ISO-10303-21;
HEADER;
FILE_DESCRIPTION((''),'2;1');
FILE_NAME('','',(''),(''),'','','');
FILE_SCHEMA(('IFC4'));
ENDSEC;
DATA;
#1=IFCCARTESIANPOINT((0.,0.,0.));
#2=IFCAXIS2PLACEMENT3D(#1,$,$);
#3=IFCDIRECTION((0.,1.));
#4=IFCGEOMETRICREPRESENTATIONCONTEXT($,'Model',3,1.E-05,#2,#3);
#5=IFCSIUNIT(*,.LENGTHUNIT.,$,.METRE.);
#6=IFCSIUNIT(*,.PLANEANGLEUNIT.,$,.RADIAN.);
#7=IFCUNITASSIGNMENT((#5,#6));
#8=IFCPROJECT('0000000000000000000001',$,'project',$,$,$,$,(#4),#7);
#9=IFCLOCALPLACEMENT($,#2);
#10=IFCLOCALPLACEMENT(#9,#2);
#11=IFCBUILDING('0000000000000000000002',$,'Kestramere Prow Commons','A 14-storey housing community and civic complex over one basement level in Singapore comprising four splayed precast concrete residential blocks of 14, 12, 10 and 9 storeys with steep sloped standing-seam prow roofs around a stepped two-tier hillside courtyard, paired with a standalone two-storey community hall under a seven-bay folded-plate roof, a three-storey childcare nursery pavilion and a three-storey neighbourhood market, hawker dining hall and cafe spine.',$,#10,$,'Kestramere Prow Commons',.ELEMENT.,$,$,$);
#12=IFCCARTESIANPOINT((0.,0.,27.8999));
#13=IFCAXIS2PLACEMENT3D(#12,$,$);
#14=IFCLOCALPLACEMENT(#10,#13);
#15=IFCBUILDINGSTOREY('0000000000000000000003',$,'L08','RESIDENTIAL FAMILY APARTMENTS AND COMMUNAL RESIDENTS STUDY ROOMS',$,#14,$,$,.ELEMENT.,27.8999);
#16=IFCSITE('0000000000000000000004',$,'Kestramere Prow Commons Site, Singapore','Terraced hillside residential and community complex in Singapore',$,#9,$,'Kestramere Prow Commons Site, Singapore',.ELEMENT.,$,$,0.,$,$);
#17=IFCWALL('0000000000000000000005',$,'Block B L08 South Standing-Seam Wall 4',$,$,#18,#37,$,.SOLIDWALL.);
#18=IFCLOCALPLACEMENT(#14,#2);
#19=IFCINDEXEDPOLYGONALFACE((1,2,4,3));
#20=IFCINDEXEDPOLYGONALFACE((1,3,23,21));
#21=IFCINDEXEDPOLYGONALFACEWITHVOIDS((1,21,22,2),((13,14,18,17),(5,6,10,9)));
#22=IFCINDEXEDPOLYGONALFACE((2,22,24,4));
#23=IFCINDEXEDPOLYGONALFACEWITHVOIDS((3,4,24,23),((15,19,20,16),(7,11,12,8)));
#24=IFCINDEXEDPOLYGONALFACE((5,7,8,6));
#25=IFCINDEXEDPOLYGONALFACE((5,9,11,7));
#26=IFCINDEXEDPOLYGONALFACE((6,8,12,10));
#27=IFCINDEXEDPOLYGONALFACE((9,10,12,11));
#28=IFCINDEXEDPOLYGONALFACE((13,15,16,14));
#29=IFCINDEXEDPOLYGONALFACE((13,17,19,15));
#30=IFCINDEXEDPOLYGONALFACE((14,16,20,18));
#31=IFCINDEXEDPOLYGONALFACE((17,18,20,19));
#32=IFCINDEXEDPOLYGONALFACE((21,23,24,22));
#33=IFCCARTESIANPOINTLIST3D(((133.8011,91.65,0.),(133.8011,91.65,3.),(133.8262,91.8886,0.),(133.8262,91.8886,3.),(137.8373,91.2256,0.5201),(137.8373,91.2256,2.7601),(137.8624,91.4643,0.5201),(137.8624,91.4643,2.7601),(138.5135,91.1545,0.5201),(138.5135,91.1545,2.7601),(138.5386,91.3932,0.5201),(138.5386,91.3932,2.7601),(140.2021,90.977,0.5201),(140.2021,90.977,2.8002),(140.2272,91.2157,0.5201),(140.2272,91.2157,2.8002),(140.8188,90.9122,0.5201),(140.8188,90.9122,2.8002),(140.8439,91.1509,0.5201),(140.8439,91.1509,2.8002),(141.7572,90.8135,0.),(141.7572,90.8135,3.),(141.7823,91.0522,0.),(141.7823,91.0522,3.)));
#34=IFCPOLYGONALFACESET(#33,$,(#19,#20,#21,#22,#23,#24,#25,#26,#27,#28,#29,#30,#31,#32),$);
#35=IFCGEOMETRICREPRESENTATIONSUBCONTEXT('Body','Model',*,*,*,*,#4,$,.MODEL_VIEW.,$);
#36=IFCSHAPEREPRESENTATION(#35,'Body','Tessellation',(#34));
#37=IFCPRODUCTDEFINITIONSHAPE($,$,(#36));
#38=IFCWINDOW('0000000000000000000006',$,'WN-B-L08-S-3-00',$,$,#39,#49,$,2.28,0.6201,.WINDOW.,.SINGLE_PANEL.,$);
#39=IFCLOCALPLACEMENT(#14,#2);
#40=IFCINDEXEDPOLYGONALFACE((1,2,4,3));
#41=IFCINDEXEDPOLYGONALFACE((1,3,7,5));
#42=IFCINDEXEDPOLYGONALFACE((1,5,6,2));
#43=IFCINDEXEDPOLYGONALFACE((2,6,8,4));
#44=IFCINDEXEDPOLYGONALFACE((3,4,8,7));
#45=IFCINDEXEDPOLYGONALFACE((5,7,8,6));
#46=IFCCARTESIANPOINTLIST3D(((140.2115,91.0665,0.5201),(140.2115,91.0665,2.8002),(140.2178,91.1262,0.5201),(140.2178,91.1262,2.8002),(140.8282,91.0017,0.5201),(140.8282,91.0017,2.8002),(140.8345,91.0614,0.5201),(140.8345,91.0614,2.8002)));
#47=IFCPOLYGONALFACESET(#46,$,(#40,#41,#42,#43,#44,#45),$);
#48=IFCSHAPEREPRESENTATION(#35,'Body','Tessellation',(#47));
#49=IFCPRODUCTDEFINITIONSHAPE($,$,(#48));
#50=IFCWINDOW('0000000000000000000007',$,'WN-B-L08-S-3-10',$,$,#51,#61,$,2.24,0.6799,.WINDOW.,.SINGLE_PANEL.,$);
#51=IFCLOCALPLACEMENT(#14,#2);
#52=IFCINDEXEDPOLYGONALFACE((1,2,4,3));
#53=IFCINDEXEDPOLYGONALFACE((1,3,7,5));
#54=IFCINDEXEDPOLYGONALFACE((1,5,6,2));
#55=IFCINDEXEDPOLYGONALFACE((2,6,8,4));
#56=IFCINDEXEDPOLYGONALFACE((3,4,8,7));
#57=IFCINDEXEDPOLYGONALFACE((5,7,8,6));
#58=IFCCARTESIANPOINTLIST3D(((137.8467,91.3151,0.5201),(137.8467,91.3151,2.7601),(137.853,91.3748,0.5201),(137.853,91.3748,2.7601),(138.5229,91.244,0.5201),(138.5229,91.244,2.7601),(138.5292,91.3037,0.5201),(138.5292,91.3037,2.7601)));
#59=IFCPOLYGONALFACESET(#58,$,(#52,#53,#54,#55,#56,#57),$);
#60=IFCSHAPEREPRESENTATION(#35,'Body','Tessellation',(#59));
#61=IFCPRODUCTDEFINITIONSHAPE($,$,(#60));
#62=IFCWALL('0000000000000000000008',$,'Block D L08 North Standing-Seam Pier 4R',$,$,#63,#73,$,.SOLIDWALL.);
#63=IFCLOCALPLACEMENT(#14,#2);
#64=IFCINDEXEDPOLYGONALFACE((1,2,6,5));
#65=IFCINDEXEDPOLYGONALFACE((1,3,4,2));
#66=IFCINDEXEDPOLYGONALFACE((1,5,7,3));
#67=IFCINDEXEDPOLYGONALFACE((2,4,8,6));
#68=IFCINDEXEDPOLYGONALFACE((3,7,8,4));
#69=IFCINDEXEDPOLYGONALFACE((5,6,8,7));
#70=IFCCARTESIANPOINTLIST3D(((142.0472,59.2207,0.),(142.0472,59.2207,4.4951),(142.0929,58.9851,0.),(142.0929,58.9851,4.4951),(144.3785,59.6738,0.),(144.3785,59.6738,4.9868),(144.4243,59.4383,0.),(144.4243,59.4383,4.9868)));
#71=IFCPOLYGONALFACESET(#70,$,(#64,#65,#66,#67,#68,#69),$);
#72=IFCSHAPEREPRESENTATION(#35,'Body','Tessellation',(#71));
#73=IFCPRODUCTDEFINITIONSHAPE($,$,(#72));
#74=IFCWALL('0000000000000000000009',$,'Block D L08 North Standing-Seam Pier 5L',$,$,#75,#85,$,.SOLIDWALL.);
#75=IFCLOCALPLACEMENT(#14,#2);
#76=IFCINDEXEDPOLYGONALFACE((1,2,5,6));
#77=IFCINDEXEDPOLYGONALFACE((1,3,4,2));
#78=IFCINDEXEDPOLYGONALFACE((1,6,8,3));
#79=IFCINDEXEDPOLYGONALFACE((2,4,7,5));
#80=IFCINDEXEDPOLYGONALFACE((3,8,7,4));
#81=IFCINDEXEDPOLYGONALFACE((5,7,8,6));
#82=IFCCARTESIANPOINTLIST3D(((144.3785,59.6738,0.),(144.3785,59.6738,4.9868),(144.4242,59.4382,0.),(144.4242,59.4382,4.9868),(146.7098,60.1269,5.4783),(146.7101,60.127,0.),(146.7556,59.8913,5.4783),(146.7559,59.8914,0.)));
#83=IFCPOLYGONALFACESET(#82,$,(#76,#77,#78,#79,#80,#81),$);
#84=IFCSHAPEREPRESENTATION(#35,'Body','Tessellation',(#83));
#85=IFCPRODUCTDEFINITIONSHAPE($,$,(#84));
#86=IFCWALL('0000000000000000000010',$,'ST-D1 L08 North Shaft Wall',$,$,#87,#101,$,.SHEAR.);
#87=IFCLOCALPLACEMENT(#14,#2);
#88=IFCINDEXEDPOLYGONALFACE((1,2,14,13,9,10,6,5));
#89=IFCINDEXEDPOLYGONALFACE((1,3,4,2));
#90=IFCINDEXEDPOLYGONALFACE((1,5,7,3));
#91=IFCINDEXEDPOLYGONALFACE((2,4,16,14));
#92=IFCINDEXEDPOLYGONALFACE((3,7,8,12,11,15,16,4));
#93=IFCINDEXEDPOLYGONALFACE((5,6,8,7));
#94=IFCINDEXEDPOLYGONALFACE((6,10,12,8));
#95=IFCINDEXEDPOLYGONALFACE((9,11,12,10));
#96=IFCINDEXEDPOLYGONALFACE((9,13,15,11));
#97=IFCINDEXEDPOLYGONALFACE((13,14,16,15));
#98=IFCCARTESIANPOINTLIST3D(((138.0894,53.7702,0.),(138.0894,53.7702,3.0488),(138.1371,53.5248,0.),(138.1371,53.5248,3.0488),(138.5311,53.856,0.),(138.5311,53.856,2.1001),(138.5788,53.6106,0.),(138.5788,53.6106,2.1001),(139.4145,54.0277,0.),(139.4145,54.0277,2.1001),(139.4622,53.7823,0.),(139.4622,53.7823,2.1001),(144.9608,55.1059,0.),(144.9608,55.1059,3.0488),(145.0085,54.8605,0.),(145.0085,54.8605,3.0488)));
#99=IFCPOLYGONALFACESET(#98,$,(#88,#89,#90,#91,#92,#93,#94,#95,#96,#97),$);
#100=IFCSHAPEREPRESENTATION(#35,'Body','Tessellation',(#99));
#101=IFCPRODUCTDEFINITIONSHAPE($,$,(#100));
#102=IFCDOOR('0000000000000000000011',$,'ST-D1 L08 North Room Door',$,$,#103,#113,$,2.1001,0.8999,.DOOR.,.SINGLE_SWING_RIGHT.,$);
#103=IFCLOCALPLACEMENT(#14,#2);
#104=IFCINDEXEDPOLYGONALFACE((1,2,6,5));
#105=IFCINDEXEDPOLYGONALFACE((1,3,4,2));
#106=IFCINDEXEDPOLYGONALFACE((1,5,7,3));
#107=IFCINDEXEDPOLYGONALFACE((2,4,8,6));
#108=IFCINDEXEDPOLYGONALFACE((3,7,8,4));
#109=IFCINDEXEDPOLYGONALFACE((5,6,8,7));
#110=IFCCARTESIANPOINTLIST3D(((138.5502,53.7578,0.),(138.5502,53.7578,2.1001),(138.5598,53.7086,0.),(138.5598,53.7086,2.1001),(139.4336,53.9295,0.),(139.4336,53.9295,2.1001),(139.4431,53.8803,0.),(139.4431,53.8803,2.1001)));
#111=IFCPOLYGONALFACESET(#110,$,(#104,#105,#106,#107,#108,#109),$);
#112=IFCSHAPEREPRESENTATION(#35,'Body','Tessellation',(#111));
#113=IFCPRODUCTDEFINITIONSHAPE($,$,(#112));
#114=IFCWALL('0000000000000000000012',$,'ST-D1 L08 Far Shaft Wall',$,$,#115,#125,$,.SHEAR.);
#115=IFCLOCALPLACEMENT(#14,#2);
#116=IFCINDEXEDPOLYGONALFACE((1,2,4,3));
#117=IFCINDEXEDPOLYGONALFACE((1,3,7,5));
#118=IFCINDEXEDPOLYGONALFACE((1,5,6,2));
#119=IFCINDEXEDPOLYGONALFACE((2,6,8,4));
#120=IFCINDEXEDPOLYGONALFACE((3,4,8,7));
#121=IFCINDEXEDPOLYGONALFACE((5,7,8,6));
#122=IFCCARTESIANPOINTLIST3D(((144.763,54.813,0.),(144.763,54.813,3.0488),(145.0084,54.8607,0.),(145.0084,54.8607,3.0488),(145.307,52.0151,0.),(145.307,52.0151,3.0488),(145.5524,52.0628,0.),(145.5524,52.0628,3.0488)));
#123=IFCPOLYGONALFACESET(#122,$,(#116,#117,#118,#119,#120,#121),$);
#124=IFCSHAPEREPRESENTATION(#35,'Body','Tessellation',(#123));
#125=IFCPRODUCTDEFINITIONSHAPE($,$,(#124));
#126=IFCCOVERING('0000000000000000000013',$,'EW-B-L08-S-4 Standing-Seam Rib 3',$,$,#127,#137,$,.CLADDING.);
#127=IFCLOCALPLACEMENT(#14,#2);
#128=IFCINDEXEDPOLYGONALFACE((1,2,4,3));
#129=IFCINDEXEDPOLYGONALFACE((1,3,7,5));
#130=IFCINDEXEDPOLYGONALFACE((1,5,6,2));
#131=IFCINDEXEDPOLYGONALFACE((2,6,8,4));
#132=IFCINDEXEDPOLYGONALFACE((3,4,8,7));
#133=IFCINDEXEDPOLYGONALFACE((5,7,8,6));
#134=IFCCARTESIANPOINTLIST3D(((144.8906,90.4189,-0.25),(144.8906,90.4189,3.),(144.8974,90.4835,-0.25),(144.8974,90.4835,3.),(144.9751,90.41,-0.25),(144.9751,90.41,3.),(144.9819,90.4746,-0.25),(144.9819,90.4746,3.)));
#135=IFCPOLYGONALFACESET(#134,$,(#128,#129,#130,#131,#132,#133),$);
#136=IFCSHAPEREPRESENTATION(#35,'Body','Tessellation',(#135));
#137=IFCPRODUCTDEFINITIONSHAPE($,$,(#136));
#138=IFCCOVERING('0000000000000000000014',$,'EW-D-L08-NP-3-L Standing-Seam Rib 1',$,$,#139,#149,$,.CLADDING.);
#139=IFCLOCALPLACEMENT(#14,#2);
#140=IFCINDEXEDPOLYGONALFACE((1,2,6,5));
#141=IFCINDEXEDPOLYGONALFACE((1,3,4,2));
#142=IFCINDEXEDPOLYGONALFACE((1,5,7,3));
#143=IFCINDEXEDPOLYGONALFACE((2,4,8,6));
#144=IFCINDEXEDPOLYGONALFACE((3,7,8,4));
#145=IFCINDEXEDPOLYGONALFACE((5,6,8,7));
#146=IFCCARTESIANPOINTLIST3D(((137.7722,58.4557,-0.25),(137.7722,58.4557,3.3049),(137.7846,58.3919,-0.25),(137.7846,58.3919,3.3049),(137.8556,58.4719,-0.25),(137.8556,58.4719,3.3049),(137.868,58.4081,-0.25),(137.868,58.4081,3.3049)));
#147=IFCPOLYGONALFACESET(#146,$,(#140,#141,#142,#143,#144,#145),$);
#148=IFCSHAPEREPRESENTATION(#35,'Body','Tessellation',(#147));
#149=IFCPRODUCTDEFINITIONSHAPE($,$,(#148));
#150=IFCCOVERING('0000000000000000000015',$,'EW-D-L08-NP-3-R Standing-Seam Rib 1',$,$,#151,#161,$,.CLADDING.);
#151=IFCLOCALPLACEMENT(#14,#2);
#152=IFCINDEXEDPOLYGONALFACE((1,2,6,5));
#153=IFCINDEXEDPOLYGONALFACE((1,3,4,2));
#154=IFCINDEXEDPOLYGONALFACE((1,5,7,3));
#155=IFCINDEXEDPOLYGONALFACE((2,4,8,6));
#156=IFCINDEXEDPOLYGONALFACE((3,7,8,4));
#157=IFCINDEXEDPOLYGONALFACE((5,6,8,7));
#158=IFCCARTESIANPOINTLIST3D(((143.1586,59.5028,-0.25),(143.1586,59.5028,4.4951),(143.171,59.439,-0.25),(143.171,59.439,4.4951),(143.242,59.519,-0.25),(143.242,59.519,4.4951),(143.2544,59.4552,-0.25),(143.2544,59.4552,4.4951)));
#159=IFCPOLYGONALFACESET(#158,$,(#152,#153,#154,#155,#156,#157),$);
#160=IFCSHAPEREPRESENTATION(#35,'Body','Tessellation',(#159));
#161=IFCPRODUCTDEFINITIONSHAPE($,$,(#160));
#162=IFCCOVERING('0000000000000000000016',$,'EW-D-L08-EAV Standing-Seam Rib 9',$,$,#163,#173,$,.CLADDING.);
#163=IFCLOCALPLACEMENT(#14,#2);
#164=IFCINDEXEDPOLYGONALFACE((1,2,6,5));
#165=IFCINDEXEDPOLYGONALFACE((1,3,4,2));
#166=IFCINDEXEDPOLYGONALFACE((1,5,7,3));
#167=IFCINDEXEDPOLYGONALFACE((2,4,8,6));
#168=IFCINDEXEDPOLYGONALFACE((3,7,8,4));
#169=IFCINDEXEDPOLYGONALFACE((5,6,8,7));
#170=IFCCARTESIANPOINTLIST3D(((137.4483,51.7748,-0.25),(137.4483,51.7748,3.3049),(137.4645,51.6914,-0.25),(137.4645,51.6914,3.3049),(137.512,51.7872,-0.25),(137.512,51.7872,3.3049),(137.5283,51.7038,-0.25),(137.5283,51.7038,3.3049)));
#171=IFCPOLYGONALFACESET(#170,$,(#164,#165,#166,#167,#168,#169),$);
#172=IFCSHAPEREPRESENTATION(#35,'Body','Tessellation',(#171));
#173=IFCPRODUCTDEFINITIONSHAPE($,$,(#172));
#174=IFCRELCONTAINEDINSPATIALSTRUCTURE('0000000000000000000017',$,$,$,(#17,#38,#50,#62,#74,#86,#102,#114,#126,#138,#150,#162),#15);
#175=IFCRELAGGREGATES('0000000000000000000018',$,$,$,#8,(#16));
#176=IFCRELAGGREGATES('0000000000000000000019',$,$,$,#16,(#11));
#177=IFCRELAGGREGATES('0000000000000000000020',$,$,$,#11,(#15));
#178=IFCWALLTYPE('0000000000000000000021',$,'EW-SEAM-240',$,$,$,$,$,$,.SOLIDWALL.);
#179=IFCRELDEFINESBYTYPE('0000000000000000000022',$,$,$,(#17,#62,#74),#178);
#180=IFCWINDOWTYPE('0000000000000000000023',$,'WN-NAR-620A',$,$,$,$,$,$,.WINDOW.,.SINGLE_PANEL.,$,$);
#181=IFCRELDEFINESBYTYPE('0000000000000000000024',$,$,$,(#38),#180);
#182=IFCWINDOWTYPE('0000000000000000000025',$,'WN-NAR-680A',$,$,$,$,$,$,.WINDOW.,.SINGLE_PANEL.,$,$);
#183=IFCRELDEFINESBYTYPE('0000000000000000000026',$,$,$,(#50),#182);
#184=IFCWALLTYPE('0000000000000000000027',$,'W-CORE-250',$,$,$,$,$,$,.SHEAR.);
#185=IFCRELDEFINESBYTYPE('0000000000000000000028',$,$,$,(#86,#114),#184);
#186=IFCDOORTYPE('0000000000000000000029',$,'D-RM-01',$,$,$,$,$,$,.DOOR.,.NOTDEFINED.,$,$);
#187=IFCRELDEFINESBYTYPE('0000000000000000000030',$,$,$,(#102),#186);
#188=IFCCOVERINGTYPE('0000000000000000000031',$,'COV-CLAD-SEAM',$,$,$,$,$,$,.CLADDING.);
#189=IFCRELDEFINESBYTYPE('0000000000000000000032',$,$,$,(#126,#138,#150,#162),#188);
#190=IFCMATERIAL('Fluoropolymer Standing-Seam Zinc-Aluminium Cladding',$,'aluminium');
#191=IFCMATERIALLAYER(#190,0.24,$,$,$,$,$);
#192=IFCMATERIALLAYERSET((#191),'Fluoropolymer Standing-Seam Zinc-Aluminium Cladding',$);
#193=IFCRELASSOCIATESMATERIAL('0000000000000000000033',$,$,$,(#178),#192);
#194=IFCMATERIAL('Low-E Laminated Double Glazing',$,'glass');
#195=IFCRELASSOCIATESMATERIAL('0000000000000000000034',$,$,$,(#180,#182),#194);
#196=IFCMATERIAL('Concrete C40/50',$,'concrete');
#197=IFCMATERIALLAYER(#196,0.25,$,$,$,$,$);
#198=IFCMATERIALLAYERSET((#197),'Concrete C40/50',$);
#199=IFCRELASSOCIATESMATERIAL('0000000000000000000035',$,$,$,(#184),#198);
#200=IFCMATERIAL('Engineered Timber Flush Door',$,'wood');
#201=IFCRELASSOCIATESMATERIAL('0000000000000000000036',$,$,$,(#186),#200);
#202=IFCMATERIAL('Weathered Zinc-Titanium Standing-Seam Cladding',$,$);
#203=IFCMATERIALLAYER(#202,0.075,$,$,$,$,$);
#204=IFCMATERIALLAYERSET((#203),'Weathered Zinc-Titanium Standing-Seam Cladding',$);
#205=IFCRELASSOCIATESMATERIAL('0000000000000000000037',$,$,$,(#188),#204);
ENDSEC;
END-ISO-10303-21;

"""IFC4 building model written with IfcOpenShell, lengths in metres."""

from ifc_helpers import new_model, si_unit, direction, frame, frame_2d, origin, origin_2d, place, context, subcontext, project, spatial, polyline, rectangle, outline, extrude, material, layer, layer_set, type_object, element, fill, save


model = new_model("IFC4")

# Units and contexts
model_context = context("Model", 3, precision=1e-05, world=origin(), true_north=direction((0.0, 1.0)))
body_context = subcontext(model_context, "Body", "Model", "MODEL_VIEW")
ifc_project = project(units=[si_unit("LENGTHUNIT", "METRE"), si_unit("PLANEANGLEUNIT", "RADIAN")], contexts=[model_context])

# Site, building, storey
site_placement = place(None, origin())
site = spatial("IfcSite", under=ifc_project, at=site_placement, Name="Kestramere Prow Commons Site, Singapore", Description="Terraced hillside residential and community complex in Singapore", LongName="Kestramere Prow Commons Site, Singapore", CompositionType="ELEMENT", RefElevation=0.0)
building_placement = place(site_placement, origin())
building = spatial("IfcBuilding", under=site, at=building_placement, Name="Kestramere Prow Commons", Description="A 14-storey housing community and civic complex over one basement level in Singapore comprising four splayed precast concrete residential blocks of 14, 12, 10 and 9 storeys with steep sloped standing-seam prow roofs around a stepped two-tier hillside courtyard, paired with a standalone two-storey community hall under a seven-bay folded-plate roof, a three-storey childcare nursery pavilion and a three-storey neighbourhood market, hawker dining hall and cafe spine.", LongName="Kestramere Prow Commons", CompositionType="ELEMENT")
storey_placement = place(building_placement, frame((0.0, 0.0, 27.8999)))
storey = spatial("IfcBuildingStorey", under=building, at=storey_placement, Name="L08", Description="RESIDENTIAL FAMILY APARTMENTS AND COMMUNAL RESIDENTS STUDY ROOMS", CompositionType="ELEMENT", Elevation=27.8999)

# Shared definitions
ifc_material_1 = material(Name="Low-E Laminated Double Glazing", Category="glass")

# Wall, openings, windows
ifc_material_2 = material(Name="Fluoropolymer Standing-Seam Zinc-Aluminium Cladding", Category="aluminium")
ifc_layer_1 = layer(ifc_material_2, 0.24)
ifc_layer_set_1 = layer_set([ifc_layer_1], Name="Fluoropolymer Standing-Seam Zinc-Aluminium Cladding")
wall_type_1 = type_object("IfcWallType", Name="EW-SEAM-240", PredefinedType="SOLIDWALL", material=ifc_layer_set_1)
wall_1_placement = place(storey_placement, frame((141.7698, 90.9329, 0.0), z_axis=(0.0, 0.0, 1.0), x_axis=(-0.994519, 0.104555, 0.0)))
wall_1 = element("IfcWall", 1, at=wall_1_placement, inside=storey, type_object=wall_type_1, Name="Block B L08 South Standing-Seam Wall 4", PredefinedType="SOLIDWALL", context=body_context, shape_type="SweptSolid", body=[
    extrude(rectangle(XDim=8.0, YDim=0.24, at=frame_2d((4.0, 0.0))), origin(), (0.0, 0.0, 1.0), 3.0),
])
opening_1_placement = place(wall_1_placement, frame((0.9436, 0.0, 0.52)))
opening_1 = element("IfcOpeningElement", 2, at=opening_1_placement, cuts=wall_1, PredefinedType="OPENING", context=body_context, shape_type="SweptSolid", body=[
    extrude(rectangle(XDim=0.6201, YDim=2.28, at=frame_2d((0.3101, 1.1401))), frame((0.0, 0.135, 0.0), z_axis=(0.0, -1.0, 0.0), x_axis=(1.0, 0.0, 0.0)), (0.0, 0.0, 1.0), 0.27),
])
opening_2_placement = place(wall_1_placement, frame((3.2617, 0.0, 0.52)))
opening_2 = element("IfcOpeningElement", 3, at=opening_2_placement, cuts=wall_1, PredefinedType="OPENING", context=body_context, shape_type="SweptSolid", body=[
    extrude(rectangle(XDim=0.6799, YDim=2.24, at=frame_2d((0.3398, 1.1201))), frame((0.0, 0.135, 0.0), z_axis=(0.0, -1.0, 0.0), x_axis=(1.0, 0.0, 0.0)), (0.0, 0.0, 1.0), 0.27),
])
window_type_1 = type_object("IfcWindowType", Name="WN-NAR-620A", PartitioningType="SINGLE_PANEL", PredefinedType="WINDOW", material=ifc_material_1)
window_1_placement = place(opening_1_placement, origin())
window_1 = element("IfcWindow", 4, at=window_1_placement, inside=storey, type_object=window_type_1, Name="WN-B-L08-S-3-00", OverallHeight=2.28, OverallWidth=0.6201, PartitioningType="SINGLE_PANEL", PredefinedType="WINDOW", context=body_context, shape_type="SweptSolid", body=[
    extrude(rectangle(XDim=0.6201, YDim=2.28, at=frame_2d((0.3101, 1.1401))), frame((0.0, 0.03, 0.0), z_axis=(0.0, -1.0, 0.0), x_axis=(1.0, 0.0, 0.0)), (0.0, 0.0, 1.0), 0.0601),
])
fill(opening_1, window_1)
window_type_2 = type_object("IfcWindowType", Name="WN-NAR-680A", PartitioningType="SINGLE_PANEL", PredefinedType="WINDOW", material=ifc_material_1)
window_2_placement = place(opening_2_placement, origin())
window_2 = element("IfcWindow", 5, at=window_2_placement, inside=storey, type_object=window_type_2, Name="WN-B-L08-S-3-10", OverallHeight=2.24, OverallWidth=0.6799, PartitioningType="SINGLE_PANEL", PredefinedType="WINDOW", context=body_context, shape_type="SweptSolid", body=[
    extrude(rectangle(XDim=0.6799, YDim=2.24, at=frame_2d((0.3398, 1.1201))), frame((0.0, 0.03, 0.0), z_axis=(0.0, -1.0, 0.0), x_axis=(1.0, 0.0, 0.0)), (0.0, 0.0, 1.0), 0.0601),
])
fill(opening_2, window_2)

# Walls
wall_2_placement = place(storey_placement, frame((142.0701, 59.1028, 0.0), z_axis=(0.0, 0.0, 1.0), x_axis=(0.98163, 0.190795, 0.0)))
element("IfcWall", 6, at=wall_2_placement, inside=storey, type_object=wall_type_1, Name="Block D L08 North Standing-Seam Pier 4R", PredefinedType="SOLIDWALL", context=body_context, shape_type="SweptSolid", body=[
    extrude(outline(polyline([(0.0, 0.0), (2.375, 0.0), (2.375, 4.9868), (0.0, 4.4951), (0.0, 0.0)])), frame((0.0, 0.1201, 0.0), z_axis=(0.0, -1.0, 0.0), x_axis=(1.0, 0.0, 0.0)), (0.0, 0.0, 1.0), 0.24),
])
wall_3_placement = place(storey_placement, frame((144.4014, 59.5559, 0.0), z_axis=(0.0, 0.0, 1.0), x_axis=(0.981634, 0.190776, 0.0)))
element("IfcWall", 7, at=wall_3_placement, inside=storey, type_object=wall_type_1, Name="Block D L08 North Standing-Seam Pier 5L", PredefinedType="SOLIDWALL", context=body_context, shape_type="SweptSolid", body=[
    extrude(outline(polyline([(0.0, 0.0), (2.3752, 0.0), (2.375, 5.4783), (0.0, 4.9868), (0.0, 0.0)])), frame((0.0, 0.1201, 0.0), z_axis=(0.0, -1.0, 0.0), x_axis=(1.0, 0.0, 0.0)), (0.0, 0.0, 1.0), 0.24),
])

# Wall, opening, door
ifc_material_3 = material(Name="Concrete C40/50", Category="concrete")
ifc_layer_2 = layer(ifc_material_3, 0.25)
ifc_layer_set_2 = layer_set([ifc_layer_2], Name="Concrete C40/50")
wall_type_2 = type_object("IfcWallType", Name="W-CORE-250", PredefinedType="SHEAR", material=ifc_layer_set_2)
wall_4_placement = place(storey_placement, frame((138.1133, 53.6475, 0.0), z_axis=(0.0, 0.0, 1.0), x_axis=(0.981626, 0.190815, 0.0)))
wall_4 = element("IfcWall", 8, at=wall_4_placement, inside=storey, type_object=wall_type_2, Name="ST-D1 L08 North Shaft Wall", PredefinedType="SHEAR", context=body_context, shape_type="SweptSolid", body=[
    extrude(rectangle(XDim=7.0, YDim=0.25, at=frame_2d((3.5, 0.0))), origin(), (0.0, 0.0, 1.0), 3.0488),
])
opening_3_placement = place(wall_4_placement, frame((0.45, 0.0, 0.0)))
opening_3 = element("IfcOpeningElement", 9, at=opening_3_placement, cuts=wall_4, PredefinedType="OPENING", context=body_context, shape_type="SweptSolid", body=[
    extrude(rectangle(XDim=0.8999, YDim=2.1001, at=frame_2d((0.45, 1.05))), frame((0.0, 0.1399, 0.0), z_axis=(0.0, -1.0, 0.0), x_axis=(1.0, 0.0, 0.0)), (0.0, 0.0, 1.0), 0.28),
])
ifc_material_4 = material(Name="Engineered Timber Flush Door", Category="wood")
door_type = type_object("IfcDoorType", Name="D-RM-01", OperationType="NOTDEFINED", PredefinedType="DOOR", material=ifc_material_4)
door_placement = place(opening_3_placement, origin())
door = element("IfcDoor", 10, at=door_placement, inside=storey, type_object=door_type, Name="ST-D1 L08 North Room Door", OperationType="SINGLE_SWING_RIGHT", OverallHeight=2.1001, OverallWidth=0.8999, PredefinedType="DOOR", context=body_context, shape_type="SweptSolid", body=[
    extrude(rectangle(XDim=0.8999, YDim=2.1001, at=frame_2d((0.45, 1.05))), frame((0.0, 0.0249, 0.0), z_axis=(0.0, -1.0, 0.0), x_axis=(1.0, 0.0, 0.0)), (0.0, 0.0, 1.0), 0.05),
])
fill(opening_3, door)

# Wall
wall_5_placement = place(storey_placement, frame((145.4297, 52.0388, 0.0), z_axis=(0.0, 0.0, 1.0), x_axis=(-0.190842, 0.981621, 0.0)))
element("IfcWall", 11, at=wall_5_placement, inside=storey, type_object=wall_type_2, Name="ST-D1 L08 Far Shaft Wall", PredefinedType="SHEAR", context=body_context, shape_type="SweptSolid", body=[
    extrude(rectangle(XDim=2.8503, YDim=0.25, at=frame_2d((1.4253, 0.0))), origin(), (0.0, 0.0, 1.0), 3.0488),
])

# Coverings
ifc_material_5 = material(Name="Weathered Zinc-Titanium Standing-Seam Cladding")
ifc_layer_3 = layer(ifc_material_5, 0.075)
ifc_layer_set_3 = layer_set([ifc_layer_3], Name="Weathered Zinc-Titanium Standing-Seam Cladding")
covering_type = type_object("IfcCoveringType", Name="COV-CLAD-SEAM", PredefinedType="CLADDING", material=ifc_layer_set_3)
covering_1_placement = place(storey_placement, frame((144.9363, 90.4468, -0.25), z_axis=(0.0, 0.0, 1.0), x_axis=(-0.994522, 0.104528, 0.0)))
element("IfcCovering", 12, at=covering_1_placement, inside=storey, type_object=covering_type, Name="EW-B-L08-S-4 Standing-Seam Rib 3", PredefinedType="CLADDING", context=body_context, shape_type="SweptSolid", body=[
    extrude(rectangle(XDim=0.085, YDim=0.0649, at=origin_2d()), origin(), (0.0, 0.0, 1.0), 3.25),
])
covering_2_placement = place(storey_placement, frame((137.8201, 58.4319, -0.25), z_axis=(0.0, 0.0, 1.0), x_axis=(0.981627, 0.190809, 0.0)))
element("IfcCovering", 13, at=covering_2_placement, inside=storey, type_object=covering_type, Name="EW-D-L08-NP-3-L Standing-Seam Rib 1", PredefinedType="CLADDING", context=body_context, shape_type="SweptSolid", body=[
    extrude(rectangle(XDim=0.085, YDim=0.0649, at=origin_2d()), origin(), (0.0, 0.0, 1.0), 3.5549),
])
covering_3_placement = place(storey_placement, frame((143.2065, 59.479, -0.25), z_axis=(0.0, 0.0, 1.0), x_axis=(0.981627, 0.190809, 0.0)))
element("IfcCovering", 14, at=covering_3_placement, inside=storey, type_object=covering_type, Name="EW-D-L08-NP-3-R Standing-Seam Rib 1", PredefinedType="CLADDING", context=body_context, shape_type="SweptSolid", body=[
    extrude(rectangle(XDim=0.085, YDim=0.0649, at=origin_2d()), origin(), (0.0, 0.0, 1.0), 4.7451),
])
for number, where, z_axis, x_axis, name in (
    (15, (137.4883, 51.7393, -0.25), (0.0, 0.0, 1.0), (-0.190809, 0.981627, 0.0), "EW-D-L08-EAV Standing-Seam Rib 9"),
):
    element("IfcCovering", number, at=place(storey_placement, frame(where, z_axis=z_axis, x_axis=x_axis)), inside=storey, type_object=covering_type, Name=name, PredefinedType="CLADDING", context=body_context, shape_type="SweptSolid", body=[
        extrude(rectangle(XDim=0.085, YDim=0.0649, at=origin_2d()), origin(), (0.0, 0.0, 1.0), 3.5549),
    ])

save(model, "model.ifc")
